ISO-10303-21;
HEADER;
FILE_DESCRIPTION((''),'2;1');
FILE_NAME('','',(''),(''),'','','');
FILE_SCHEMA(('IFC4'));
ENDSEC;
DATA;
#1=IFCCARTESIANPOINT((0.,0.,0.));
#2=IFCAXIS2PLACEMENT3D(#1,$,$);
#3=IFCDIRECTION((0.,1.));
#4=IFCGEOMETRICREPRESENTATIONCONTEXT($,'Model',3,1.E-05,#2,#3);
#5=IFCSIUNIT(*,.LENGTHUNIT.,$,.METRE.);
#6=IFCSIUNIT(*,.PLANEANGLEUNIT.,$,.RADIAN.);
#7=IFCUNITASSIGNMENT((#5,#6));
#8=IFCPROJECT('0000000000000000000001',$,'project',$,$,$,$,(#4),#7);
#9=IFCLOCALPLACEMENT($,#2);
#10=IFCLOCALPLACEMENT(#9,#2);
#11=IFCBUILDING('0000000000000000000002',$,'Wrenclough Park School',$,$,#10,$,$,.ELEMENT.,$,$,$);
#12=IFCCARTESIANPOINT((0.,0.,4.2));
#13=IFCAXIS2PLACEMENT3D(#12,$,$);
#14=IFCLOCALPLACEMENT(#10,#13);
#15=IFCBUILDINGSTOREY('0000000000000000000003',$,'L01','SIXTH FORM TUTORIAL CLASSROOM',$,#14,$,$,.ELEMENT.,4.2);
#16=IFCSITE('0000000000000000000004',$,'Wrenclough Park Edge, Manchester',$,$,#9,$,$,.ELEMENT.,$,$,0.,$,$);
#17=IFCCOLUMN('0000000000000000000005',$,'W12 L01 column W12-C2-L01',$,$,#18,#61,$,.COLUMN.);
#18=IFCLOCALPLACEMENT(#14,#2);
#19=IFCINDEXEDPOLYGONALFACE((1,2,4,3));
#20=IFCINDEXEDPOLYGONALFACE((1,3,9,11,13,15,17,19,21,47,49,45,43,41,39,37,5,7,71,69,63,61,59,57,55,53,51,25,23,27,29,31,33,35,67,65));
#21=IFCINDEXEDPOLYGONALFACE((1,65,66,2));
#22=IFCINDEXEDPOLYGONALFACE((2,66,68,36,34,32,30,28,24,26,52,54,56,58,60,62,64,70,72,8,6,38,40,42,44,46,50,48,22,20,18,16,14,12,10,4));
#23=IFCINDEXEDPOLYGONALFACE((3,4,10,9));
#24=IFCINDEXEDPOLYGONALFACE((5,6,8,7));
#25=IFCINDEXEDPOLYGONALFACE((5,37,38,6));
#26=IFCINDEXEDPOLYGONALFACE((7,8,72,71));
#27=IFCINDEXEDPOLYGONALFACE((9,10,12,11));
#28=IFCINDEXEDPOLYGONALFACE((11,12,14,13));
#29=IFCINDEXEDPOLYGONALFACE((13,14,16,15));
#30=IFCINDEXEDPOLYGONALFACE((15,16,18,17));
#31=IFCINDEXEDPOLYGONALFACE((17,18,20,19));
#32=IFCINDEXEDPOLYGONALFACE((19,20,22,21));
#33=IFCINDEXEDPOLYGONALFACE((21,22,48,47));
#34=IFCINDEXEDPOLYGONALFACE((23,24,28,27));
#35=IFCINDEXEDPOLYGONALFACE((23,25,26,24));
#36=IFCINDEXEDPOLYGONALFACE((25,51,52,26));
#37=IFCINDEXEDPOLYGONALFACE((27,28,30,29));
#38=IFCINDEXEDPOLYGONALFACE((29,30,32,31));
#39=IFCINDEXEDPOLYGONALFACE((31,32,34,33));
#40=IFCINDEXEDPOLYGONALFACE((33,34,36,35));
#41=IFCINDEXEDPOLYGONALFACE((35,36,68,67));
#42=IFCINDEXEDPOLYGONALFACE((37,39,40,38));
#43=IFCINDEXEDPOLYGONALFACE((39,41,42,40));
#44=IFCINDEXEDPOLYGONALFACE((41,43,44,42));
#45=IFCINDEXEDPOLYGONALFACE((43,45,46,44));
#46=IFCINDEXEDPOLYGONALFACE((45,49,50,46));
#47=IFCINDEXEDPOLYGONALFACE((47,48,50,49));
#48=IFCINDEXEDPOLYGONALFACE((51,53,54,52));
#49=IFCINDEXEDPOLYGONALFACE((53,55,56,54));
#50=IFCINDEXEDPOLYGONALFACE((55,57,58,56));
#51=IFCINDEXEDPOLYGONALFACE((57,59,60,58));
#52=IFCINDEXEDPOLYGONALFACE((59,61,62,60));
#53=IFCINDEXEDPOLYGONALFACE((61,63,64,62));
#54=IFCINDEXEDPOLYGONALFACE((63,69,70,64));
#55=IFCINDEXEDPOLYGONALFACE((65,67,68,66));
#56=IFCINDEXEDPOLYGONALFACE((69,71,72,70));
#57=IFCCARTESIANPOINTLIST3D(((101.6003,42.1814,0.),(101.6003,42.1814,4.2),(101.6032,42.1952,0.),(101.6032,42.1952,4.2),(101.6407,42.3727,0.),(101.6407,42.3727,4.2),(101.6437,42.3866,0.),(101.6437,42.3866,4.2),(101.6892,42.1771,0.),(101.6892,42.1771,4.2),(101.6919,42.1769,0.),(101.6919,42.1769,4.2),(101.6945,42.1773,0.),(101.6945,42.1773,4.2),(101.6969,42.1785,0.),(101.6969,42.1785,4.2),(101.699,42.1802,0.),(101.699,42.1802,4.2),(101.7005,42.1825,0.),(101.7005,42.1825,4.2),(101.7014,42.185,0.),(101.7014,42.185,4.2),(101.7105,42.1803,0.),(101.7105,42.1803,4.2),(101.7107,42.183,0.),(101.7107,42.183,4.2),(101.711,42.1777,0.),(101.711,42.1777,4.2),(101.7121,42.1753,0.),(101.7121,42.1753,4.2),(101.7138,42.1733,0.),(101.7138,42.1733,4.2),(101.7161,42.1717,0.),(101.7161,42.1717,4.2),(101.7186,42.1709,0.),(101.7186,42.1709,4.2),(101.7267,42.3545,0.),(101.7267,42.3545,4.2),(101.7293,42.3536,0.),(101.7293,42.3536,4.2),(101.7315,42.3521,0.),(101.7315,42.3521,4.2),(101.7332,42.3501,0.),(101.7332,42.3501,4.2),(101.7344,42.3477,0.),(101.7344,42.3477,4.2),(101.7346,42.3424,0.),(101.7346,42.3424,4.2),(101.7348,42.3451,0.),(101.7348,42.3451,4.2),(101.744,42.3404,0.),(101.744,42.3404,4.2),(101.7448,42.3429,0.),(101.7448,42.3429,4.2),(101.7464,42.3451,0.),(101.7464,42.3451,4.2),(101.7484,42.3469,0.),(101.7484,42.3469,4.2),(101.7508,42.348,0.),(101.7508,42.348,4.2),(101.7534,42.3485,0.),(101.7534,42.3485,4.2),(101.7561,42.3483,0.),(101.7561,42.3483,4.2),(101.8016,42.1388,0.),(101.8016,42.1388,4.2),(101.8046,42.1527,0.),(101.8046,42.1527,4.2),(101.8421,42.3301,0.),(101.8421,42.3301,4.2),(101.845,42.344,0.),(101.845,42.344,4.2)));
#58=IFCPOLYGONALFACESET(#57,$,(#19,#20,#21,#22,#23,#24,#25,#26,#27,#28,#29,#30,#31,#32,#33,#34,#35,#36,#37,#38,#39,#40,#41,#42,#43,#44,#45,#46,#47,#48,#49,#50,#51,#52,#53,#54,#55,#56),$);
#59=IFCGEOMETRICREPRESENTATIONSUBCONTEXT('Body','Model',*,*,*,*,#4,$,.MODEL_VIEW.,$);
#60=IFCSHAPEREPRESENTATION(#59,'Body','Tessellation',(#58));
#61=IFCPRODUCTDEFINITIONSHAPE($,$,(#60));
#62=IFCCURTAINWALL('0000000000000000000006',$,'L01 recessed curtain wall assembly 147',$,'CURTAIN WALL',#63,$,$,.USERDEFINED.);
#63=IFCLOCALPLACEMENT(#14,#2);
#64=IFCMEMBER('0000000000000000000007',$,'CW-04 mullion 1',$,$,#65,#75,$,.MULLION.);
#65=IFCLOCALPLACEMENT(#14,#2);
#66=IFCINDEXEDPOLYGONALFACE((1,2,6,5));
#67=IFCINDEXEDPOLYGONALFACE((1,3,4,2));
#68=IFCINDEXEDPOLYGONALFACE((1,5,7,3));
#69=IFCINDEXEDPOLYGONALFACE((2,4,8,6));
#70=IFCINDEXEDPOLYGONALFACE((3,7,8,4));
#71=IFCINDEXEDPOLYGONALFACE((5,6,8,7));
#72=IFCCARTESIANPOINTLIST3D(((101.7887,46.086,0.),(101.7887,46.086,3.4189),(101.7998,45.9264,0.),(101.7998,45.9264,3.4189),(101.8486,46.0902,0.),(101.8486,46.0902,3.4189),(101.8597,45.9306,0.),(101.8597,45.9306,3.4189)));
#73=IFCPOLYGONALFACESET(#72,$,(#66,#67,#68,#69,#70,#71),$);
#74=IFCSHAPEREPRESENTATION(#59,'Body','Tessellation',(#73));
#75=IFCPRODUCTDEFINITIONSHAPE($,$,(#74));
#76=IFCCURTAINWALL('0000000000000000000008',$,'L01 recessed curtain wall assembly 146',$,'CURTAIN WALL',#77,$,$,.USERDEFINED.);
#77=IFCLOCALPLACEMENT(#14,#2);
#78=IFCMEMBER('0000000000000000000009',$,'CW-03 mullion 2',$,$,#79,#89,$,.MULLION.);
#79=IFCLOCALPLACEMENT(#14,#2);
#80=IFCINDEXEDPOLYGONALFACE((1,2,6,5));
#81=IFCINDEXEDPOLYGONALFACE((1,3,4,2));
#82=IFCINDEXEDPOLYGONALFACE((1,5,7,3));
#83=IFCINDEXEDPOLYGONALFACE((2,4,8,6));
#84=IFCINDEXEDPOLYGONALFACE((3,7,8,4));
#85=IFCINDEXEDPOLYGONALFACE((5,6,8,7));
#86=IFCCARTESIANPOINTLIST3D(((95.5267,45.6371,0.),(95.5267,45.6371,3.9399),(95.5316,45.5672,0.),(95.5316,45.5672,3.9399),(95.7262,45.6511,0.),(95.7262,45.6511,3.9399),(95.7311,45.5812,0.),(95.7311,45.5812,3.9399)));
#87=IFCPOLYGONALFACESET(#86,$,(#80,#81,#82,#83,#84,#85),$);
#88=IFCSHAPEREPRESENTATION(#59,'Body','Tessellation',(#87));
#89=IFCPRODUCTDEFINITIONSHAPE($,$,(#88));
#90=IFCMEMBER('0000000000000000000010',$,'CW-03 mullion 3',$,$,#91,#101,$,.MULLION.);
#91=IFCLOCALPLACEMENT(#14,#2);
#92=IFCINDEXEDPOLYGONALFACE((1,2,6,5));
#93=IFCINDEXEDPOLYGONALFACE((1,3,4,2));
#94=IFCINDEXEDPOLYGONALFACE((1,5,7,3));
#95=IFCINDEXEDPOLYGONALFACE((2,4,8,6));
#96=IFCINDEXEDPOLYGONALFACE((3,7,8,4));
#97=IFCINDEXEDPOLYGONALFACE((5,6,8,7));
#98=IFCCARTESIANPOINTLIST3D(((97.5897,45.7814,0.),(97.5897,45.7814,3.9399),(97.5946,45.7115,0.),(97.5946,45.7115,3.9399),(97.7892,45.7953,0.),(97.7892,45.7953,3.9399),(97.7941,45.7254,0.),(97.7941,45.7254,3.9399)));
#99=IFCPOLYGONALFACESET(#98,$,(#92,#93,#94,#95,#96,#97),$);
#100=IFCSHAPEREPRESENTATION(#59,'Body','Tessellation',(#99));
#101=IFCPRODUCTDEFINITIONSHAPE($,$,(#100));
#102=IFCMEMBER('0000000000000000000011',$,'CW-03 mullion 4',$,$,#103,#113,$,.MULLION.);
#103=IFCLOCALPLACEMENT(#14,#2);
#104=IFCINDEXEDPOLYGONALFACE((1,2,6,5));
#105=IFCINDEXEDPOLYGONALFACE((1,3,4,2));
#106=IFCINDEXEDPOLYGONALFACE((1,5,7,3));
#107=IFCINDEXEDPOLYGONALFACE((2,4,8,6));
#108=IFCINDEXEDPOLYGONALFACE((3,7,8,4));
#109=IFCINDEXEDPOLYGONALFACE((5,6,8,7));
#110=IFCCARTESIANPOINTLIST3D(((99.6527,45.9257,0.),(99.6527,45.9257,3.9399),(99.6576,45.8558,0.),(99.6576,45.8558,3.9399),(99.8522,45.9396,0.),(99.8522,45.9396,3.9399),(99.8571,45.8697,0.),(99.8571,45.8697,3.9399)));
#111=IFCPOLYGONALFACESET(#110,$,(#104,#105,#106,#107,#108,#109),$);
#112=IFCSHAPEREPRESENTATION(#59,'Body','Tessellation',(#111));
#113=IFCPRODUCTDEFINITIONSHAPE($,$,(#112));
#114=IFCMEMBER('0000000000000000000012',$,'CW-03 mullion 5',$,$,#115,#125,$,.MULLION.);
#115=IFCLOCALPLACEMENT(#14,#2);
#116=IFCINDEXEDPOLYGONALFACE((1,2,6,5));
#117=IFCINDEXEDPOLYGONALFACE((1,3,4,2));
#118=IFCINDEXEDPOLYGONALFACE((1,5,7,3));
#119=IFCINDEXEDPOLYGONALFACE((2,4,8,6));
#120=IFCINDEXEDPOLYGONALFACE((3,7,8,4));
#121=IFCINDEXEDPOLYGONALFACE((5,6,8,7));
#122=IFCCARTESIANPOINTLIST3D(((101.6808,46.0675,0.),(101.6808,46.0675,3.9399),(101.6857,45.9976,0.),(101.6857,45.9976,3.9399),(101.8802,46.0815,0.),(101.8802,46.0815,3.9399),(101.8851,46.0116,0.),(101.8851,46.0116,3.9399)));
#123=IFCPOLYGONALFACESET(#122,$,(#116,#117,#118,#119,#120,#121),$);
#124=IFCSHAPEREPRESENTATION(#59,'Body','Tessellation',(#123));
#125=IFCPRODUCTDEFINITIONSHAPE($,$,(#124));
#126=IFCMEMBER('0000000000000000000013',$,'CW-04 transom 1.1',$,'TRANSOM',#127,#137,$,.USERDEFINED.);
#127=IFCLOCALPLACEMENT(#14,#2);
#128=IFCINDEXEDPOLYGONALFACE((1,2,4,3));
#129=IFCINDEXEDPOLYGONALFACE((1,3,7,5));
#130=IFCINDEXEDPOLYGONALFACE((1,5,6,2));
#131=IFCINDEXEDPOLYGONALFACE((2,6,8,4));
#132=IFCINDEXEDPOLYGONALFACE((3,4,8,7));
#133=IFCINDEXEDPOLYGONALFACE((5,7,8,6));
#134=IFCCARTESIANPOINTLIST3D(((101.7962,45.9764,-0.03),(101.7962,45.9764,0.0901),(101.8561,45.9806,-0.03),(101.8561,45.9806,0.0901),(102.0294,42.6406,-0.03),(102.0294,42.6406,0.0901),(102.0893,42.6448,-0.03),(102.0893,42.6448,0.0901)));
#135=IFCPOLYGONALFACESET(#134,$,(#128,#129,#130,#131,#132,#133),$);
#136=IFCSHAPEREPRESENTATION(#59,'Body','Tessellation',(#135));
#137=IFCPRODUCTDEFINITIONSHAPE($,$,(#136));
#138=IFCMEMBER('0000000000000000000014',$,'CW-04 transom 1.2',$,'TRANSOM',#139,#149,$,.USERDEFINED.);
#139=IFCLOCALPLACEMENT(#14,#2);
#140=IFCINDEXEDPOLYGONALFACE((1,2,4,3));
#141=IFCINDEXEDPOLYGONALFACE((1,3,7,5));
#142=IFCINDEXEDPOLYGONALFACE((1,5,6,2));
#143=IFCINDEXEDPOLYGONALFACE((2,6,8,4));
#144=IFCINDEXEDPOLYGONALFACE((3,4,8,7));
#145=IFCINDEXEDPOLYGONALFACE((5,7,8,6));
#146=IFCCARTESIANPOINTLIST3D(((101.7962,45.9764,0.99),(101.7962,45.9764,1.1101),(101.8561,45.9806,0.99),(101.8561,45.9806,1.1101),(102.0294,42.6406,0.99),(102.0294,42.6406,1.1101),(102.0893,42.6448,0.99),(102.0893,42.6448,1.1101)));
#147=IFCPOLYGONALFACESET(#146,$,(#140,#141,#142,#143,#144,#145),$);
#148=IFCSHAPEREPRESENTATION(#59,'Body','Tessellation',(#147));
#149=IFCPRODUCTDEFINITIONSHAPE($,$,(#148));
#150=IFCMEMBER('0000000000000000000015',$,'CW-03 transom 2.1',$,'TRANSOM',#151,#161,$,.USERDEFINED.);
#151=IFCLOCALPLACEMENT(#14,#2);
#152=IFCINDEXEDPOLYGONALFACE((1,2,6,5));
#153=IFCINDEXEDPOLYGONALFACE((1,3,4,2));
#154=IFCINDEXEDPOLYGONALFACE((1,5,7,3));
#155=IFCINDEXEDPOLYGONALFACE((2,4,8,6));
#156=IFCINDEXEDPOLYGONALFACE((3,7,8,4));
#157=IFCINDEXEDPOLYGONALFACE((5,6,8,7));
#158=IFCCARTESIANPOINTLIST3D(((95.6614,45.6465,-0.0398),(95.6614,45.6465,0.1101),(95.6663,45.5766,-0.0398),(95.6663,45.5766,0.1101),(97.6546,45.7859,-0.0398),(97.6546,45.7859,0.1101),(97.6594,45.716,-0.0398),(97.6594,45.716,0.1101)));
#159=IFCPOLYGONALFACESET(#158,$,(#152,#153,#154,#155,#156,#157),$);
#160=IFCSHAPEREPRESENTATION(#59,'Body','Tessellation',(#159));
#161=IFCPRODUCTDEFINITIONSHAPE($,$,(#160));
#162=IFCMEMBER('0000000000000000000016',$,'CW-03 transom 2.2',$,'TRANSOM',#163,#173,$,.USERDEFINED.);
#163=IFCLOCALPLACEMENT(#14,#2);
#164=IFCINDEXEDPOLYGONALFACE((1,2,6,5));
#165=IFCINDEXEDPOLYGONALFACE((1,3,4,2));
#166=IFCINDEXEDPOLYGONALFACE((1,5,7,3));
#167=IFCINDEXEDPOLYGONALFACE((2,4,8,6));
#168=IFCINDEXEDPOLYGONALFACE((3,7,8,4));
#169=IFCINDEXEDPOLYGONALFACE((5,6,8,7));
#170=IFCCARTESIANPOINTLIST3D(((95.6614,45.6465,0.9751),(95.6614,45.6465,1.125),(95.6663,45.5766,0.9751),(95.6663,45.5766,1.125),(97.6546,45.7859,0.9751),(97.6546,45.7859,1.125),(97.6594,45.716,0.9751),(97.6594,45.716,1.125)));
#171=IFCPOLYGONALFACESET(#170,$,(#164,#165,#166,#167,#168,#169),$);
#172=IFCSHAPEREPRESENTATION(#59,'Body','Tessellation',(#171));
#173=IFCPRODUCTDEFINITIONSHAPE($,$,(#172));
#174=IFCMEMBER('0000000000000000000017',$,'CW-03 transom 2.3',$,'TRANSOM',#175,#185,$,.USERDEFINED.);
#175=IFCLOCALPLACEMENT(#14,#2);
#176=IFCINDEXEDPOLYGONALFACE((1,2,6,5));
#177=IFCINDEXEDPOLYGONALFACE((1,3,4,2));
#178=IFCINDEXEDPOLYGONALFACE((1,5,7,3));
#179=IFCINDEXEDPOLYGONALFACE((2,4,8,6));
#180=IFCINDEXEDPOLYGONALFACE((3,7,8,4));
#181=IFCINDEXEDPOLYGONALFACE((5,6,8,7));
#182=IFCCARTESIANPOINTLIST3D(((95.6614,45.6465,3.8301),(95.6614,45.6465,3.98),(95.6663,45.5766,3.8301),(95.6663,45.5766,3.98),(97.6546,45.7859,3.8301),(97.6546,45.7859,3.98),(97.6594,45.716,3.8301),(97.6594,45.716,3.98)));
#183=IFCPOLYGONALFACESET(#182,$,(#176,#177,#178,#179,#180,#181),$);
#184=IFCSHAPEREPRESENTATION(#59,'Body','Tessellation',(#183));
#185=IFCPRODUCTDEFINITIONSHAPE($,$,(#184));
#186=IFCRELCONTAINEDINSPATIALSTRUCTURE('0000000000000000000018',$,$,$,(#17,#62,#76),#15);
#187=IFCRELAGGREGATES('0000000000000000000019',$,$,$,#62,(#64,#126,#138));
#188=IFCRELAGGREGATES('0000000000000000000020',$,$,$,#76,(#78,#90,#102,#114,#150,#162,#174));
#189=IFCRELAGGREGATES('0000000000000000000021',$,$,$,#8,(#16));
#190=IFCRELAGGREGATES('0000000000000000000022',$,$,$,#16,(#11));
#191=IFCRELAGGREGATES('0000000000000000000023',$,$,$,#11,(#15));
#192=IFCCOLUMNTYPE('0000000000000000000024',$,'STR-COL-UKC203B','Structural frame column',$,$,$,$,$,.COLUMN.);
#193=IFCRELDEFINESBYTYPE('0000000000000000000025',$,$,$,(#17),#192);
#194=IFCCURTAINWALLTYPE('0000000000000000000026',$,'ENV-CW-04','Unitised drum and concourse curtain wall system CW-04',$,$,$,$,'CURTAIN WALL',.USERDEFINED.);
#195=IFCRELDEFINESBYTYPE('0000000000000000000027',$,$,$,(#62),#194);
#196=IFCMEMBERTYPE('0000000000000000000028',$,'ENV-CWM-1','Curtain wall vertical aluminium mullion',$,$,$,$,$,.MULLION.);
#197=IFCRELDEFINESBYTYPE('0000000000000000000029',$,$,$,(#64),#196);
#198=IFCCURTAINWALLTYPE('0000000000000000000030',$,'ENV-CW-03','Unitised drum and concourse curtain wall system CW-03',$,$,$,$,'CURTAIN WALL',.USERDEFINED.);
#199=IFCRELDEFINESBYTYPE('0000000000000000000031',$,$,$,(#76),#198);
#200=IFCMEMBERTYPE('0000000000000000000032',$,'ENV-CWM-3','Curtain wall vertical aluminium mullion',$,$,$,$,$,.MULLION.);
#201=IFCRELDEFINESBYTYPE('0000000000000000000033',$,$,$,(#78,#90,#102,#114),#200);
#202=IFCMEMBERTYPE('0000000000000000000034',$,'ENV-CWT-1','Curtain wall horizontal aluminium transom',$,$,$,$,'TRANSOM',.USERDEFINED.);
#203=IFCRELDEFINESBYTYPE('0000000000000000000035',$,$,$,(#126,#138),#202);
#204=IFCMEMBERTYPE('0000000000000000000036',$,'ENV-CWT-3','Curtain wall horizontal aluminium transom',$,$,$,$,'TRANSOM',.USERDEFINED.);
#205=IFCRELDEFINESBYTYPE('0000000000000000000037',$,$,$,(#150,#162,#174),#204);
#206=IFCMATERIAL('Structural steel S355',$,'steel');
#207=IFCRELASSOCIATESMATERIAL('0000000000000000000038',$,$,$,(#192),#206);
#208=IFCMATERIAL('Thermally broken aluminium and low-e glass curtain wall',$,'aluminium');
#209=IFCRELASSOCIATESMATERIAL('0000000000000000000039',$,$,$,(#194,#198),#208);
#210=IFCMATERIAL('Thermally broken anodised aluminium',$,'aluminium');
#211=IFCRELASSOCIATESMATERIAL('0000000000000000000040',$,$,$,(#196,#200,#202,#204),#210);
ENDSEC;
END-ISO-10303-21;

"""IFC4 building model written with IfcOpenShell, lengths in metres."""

from ifc_helpers import new_model, si_unit, direction, frame, origin, origin_2d, place, context, subcontext, project, spatial, rectangle, i_section, extrude, material, material_profile, profile_set, type_object, element, aggregate, save


model = new_model("IFC4")

# Units and contexts
model_context = context("Model", 3, precision=1e-05, world=origin(), true_north=direction((0.0, 1.0)))
body_context = subcontext(model_context, "Body", "Model", "MODEL_VIEW")
ifc_project = project(units=[si_unit("LENGTHUNIT", "METRE"), si_unit("PLANEANGLEUNIT", "RADIAN")], contexts=[model_context])

# Site, building, storey
site_placement = place(None, origin())
site = spatial("IfcSite", under=ifc_project, at=site_placement, Name="Wrenclough Park Edge, Manchester", CompositionType="ELEMENT", RefElevation=0.0)
building_placement = place(site_placement, origin())
building = spatial("IfcBuilding", under=site, at=building_placement, Name="Wrenclough Park School", CompositionType="ELEMENT")
storey_placement = place(building_placement, frame((0.0, 0.0, 4.2)))
storey = spatial("IfcBuildingStorey", under=building, at=storey_placement, Name="L01", Description="SIXTH FORM TUTORIAL CLASSROOM", CompositionType="ELEMENT", Elevation=4.2)

# Column
ifc_material_1 = material(Name="Structural steel S355", Category="steel")
ifc_material_profile_1 = material_profile(ifc_material_1, i_section(OverallWidth=0.2058, OverallDepth=0.2097, WebThickness=0.0095, FlangeThickness=0.0142, FilletRadius=0.0103, at=origin_2d()), Name="UKC 203x203x60")
ifc_profile_set_1 = profile_set([ifc_material_profile_1], Name="Structural steel S355")
column_type = type_object("IfcColumnType", Name="STR-COL-UKC203B", Description="Structural frame column", PredefinedType="COLUMN", material=ifc_profile_set_1)
column_placement = place(storey_placement, frame((101.7227, 42.2627, 0.0), z_axis=(0.0, 0.0, 1.0), x_axis=(0.978365, -0.206887, 0.0)))
element("IfcColumn", 1, at=column_placement, inside=storey, type_object=column_type, Name="W12 L01 column W12-C2-L01", PredefinedType="COLUMN", context=body_context, shape_type="SweptSolid", body=[
    extrude(i_section(OverallWidth=0.2058, OverallDepth=0.2097, WebThickness=0.0095, FlangeThickness=0.0142, FilletRadius=0.0103, at=origin_2d()), origin(), (0.0, 0.0, 1.0), 4.2),
])

# Curtain wall, member
ifc_material_2 = material(Name="Thermally broken aluminium and low-e glass curtain wall", Category="aluminium")
curtain_wall_type_1 = type_object("IfcCurtainWallType", Name="ENV-CW-04", Description="Unitised drum and concourse curtain wall system CW-04", ElementType="CURTAIN WALL", PredefinedType="USERDEFINED", material=ifc_material_2)
curtain_wall_1_placement = place(storey_placement, origin())
curtain_wall_1 = element("IfcCurtainWall", 2, at=curtain_wall_1_placement, inside=storey, type_object=curtain_wall_type_1, Name="L01 recessed curtain wall assembly 147", ObjectType="CURTAIN WALL", PredefinedType="USERDEFINED")
ifc_material_3 = material(Name="Thermally broken anodised aluminium", Category="aluminium")
ifc_material_profile_2 = material_profile(ifc_material_3, rectangle(XDim=0.0601, YDim=0.1599, at=origin_2d()), Name="AL MULLION 60x160")
ifc_profile_set_2 = profile_set([ifc_material_profile_2], Name="Thermally broken anodised aluminium")
member_type_1 = type_object("IfcMemberType", Name="ENV-CWM-1", Description="Curtain wall vertical aluminium mullion", PredefinedType="MULLION", material=ifc_profile_set_2)
member_1_placement = place(storey_placement, frame((101.8242, 46.0083, 0.0), z_axis=(0.0, 0.0, 1.0), x_axis=(0.997567, 0.069719, 0.0)))
member_1 = element("IfcMember", 3, at=member_1_placement, type_object=member_type_1, Name="CW-04 mullion 1", PredefinedType="MULLION", context=body_context, shape_type="SweptSolid", body=[
    extrude(rectangle(XDim=0.0601, YDim=0.1599, at=origin_2d()), origin(), (0.0, 0.0, 1.0), 3.4189),
])

# Curtain wall, members
curtain_wall_type_2 = type_object("IfcCurtainWallType", Name="ENV-CW-03", Description="Unitised drum and concourse curtain wall system CW-03", ElementType="CURTAIN WALL", PredefinedType="USERDEFINED", material=ifc_material_2)
curtain_wall_2_placement = place(storey_placement, origin())
curtain_wall_2 = element("IfcCurtainWall", 4, at=curtain_wall_2_placement, inside=storey, type_object=curtain_wall_type_2, Name="L01 recessed curtain wall assembly 146", ObjectType="CURTAIN WALL", PredefinedType="USERDEFINED")
ifc_material_profile_3 = material_profile(ifc_material_3, rectangle(XDim=0.0701, YDim=0.2, at=origin_2d()), Name="AL MULLION 70x200")
ifc_profile_set_3 = profile_set([ifc_material_profile_3], Name="Thermally broken anodised aluminium")
member_type_2 = type_object("IfcMemberType", Name="ENV-CWM-3", Description="Curtain wall vertical aluminium mullion", PredefinedType="MULLION", material=ifc_profile_set_3)
member_2_placement = place(storey_placement, frame((95.6289, 45.6091, 0.0), z_axis=(0.0, 0.0, 1.0), x_axis=(-0.069753, 0.997564, 0.0)))
member_2 = element("IfcMember", 5, at=member_2_placement, type_object=member_type_2, Name="CW-03 mullion 2", PredefinedType="MULLION", context=body_context, shape_type="SweptSolid", body=[
    extrude(rectangle(XDim=0.0701, YDim=0.2, at=origin_2d()), origin(), (0.0, 0.0, 1.0), 3.9399),
])
member_3_placement = place(storey_placement, frame((97.6919, 45.7534, 0.0), z_axis=(0.0, 0.0, 1.0), x_axis=(-0.069753, 0.997564, 0.0)))
member_3 = element("IfcMember", 6, at=member_3_placement, type_object=member_type_2, Name="CW-03 mullion 3", PredefinedType="MULLION", context=body_context, shape_type="SweptSolid", body=[
    extrude(rectangle(XDim=0.0701, YDim=0.2, at=origin_2d()), origin(), (0.0, 0.0, 1.0), 3.9399),
])
member_4_placement = place(storey_placement, frame((99.7549, 45.8977, 0.0), z_axis=(0.0, 0.0, 1.0), x_axis=(-0.069753, 0.997564, 0.0)))
member_4 = element("IfcMember", 7, at=member_4_placement, type_object=member_type_2, Name="CW-03 mullion 4", PredefinedType="MULLION", context=body_context, shape_type="SweptSolid", body=[
    extrude(rectangle(XDim=0.0701, YDim=0.2, at=origin_2d()), origin(), (0.0, 0.0, 1.0), 3.9399),
])
member_5_placement = place(storey_placement, frame((101.783, 46.0396, 0.0), z_axis=(0.0, 0.0, 1.0), x_axis=(-0.069753, 0.997564, 0.0)))
member_5 = element("IfcMember", 8, at=member_5_placement, type_object=member_type_2, Name="CW-03 mullion 5", PredefinedType="MULLION", context=body_context, shape_type="SweptSolid", body=[
    extrude(rectangle(XDim=0.0701, YDim=0.2, at=origin_2d()), origin(), (0.0, 0.0, 1.0), 3.9399),
])

# Members
ifc_material_profile_4 = material_profile(ifc_material_3, rectangle(XDim=0.0601, YDim=0.1201, at=origin_2d()), Name="AL TRANSOM 60x120")
ifc_profile_set_4 = profile_set([ifc_material_profile_4], Name="Thermally broken anodised aluminium")
member_type_3 = type_object("IfcMemberType", Name="ENV-CWT-1", Description="Curtain wall horizontal aluminium transom", ElementType="TRANSOM", PredefinedType="USERDEFINED", material=ifc_profile_set_4)
member_6_placement = place(storey_placement, frame((101.8262, 45.9785, 0.03), z_axis=(0.069722, -0.997566, 0.0), x_axis=(0.997566, 0.069722, 0.0)))
member_6 = element("IfcMember", 9, at=member_6_placement, type_object=member_type_3, Name="CW-04 transom 1.1", ObjectType="TRANSOM", PredefinedType="USERDEFINED", context=body_context, shape_type="SweptSolid", body=[
    extrude(rectangle(XDim=0.0601, YDim=0.1201, at=origin_2d()), origin(), (0.0, 0.0, 1.0), 3.344),
])
member_7_placement = place(storey_placement, frame((101.8262, 45.9785, 1.05), z_axis=(0.069722, -0.997566, 0.0), x_axis=(0.997566, 0.069722, 0.0)))
member_7 = element("IfcMember", 10, at=member_7_placement, type_object=member_type_3, Name="CW-04 transom 1.2", ObjectType="TRANSOM", PredefinedType="USERDEFINED", context=body_context, shape_type="SweptSolid", body=[
    extrude(rectangle(XDim=0.0601, YDim=0.1201, at=origin_2d()), origin(), (0.0, 0.0, 1.0), 3.344),
])
aggregate(curtain_wall_1, [member_1, member_6, member_7])
ifc_material_profile_5 = material_profile(ifc_material_3, rectangle(XDim=0.0701, YDim=0.1499, at=origin_2d()), Name="AL TRANSOM 70x150")
ifc_profile_set_5 = profile_set([ifc_material_profile_5], Name="Thermally broken anodised aluminium")
member_type_4 = type_object("IfcMemberType", Name="ENV-CWT-3", Description="Curtain wall horizontal aluminium transom", ElementType="TRANSOM", PredefinedType="USERDEFINED", material=ifc_profile_set_5)
member_8_placement = place(storey_placement, frame((95.6638, 45.6116, 0.0352), z_axis=(0.997563, 0.069771, 0.0), x_axis=(-0.069771, 0.997563, 0.0)))
member_8 = element("IfcMember", 11, at=member_8_placement, type_object=member_type_4, Name="CW-03 transom 2.1", ObjectType="TRANSOM", PredefinedType="USERDEFINED", context=body_context, shape_type="SweptSolid", body=[
    extrude(rectangle(XDim=0.0701, YDim=0.1499, at=origin_2d()), origin(), (0.0, 0.0, 1.0), 1.998),
])
member_9_placement = place(storey_placement, frame((95.6638, 45.6116, 1.05), z_axis=(0.997563, 0.069771, 0.0), x_axis=(-0.069771, 0.997563, 0.0)))
member_9 = element("IfcMember", 12, at=member_9_placement, type_object=member_type_4, Name="CW-03 transom 2.2", ObjectType="TRANSOM", PredefinedType="USERDEFINED", context=body_context, shape_type="SweptSolid", body=[
    extrude(rectangle(XDim=0.0701, YDim=0.1499, at=origin_2d()), origin(), (0.0, 0.0, 1.0), 1.998),
])
member_10_placement = place(storey_placement, frame((95.6638, 45.6116, 3.905), z_axis=(0.997563, 0.069771, 0.0), x_axis=(-0.069771, 0.997563, 0.0)))
member_10 = element("IfcMember", 13, at=member_10_placement, type_object=member_type_4, Name="CW-03 transom 2.3", ObjectType="TRANSOM", PredefinedType="USERDEFINED", context=body_context, shape_type="SweptSolid", body=[
    extrude(rectangle(XDim=0.0701, YDim=0.1499, at=origin_2d()), origin(), (0.0, 0.0, 1.0), 1.998),
])

aggregate(curtain_wall_2, [member_2, member_3, member_4, member_5, member_8, member_9, member_10])

save(model, "model.ifc")
